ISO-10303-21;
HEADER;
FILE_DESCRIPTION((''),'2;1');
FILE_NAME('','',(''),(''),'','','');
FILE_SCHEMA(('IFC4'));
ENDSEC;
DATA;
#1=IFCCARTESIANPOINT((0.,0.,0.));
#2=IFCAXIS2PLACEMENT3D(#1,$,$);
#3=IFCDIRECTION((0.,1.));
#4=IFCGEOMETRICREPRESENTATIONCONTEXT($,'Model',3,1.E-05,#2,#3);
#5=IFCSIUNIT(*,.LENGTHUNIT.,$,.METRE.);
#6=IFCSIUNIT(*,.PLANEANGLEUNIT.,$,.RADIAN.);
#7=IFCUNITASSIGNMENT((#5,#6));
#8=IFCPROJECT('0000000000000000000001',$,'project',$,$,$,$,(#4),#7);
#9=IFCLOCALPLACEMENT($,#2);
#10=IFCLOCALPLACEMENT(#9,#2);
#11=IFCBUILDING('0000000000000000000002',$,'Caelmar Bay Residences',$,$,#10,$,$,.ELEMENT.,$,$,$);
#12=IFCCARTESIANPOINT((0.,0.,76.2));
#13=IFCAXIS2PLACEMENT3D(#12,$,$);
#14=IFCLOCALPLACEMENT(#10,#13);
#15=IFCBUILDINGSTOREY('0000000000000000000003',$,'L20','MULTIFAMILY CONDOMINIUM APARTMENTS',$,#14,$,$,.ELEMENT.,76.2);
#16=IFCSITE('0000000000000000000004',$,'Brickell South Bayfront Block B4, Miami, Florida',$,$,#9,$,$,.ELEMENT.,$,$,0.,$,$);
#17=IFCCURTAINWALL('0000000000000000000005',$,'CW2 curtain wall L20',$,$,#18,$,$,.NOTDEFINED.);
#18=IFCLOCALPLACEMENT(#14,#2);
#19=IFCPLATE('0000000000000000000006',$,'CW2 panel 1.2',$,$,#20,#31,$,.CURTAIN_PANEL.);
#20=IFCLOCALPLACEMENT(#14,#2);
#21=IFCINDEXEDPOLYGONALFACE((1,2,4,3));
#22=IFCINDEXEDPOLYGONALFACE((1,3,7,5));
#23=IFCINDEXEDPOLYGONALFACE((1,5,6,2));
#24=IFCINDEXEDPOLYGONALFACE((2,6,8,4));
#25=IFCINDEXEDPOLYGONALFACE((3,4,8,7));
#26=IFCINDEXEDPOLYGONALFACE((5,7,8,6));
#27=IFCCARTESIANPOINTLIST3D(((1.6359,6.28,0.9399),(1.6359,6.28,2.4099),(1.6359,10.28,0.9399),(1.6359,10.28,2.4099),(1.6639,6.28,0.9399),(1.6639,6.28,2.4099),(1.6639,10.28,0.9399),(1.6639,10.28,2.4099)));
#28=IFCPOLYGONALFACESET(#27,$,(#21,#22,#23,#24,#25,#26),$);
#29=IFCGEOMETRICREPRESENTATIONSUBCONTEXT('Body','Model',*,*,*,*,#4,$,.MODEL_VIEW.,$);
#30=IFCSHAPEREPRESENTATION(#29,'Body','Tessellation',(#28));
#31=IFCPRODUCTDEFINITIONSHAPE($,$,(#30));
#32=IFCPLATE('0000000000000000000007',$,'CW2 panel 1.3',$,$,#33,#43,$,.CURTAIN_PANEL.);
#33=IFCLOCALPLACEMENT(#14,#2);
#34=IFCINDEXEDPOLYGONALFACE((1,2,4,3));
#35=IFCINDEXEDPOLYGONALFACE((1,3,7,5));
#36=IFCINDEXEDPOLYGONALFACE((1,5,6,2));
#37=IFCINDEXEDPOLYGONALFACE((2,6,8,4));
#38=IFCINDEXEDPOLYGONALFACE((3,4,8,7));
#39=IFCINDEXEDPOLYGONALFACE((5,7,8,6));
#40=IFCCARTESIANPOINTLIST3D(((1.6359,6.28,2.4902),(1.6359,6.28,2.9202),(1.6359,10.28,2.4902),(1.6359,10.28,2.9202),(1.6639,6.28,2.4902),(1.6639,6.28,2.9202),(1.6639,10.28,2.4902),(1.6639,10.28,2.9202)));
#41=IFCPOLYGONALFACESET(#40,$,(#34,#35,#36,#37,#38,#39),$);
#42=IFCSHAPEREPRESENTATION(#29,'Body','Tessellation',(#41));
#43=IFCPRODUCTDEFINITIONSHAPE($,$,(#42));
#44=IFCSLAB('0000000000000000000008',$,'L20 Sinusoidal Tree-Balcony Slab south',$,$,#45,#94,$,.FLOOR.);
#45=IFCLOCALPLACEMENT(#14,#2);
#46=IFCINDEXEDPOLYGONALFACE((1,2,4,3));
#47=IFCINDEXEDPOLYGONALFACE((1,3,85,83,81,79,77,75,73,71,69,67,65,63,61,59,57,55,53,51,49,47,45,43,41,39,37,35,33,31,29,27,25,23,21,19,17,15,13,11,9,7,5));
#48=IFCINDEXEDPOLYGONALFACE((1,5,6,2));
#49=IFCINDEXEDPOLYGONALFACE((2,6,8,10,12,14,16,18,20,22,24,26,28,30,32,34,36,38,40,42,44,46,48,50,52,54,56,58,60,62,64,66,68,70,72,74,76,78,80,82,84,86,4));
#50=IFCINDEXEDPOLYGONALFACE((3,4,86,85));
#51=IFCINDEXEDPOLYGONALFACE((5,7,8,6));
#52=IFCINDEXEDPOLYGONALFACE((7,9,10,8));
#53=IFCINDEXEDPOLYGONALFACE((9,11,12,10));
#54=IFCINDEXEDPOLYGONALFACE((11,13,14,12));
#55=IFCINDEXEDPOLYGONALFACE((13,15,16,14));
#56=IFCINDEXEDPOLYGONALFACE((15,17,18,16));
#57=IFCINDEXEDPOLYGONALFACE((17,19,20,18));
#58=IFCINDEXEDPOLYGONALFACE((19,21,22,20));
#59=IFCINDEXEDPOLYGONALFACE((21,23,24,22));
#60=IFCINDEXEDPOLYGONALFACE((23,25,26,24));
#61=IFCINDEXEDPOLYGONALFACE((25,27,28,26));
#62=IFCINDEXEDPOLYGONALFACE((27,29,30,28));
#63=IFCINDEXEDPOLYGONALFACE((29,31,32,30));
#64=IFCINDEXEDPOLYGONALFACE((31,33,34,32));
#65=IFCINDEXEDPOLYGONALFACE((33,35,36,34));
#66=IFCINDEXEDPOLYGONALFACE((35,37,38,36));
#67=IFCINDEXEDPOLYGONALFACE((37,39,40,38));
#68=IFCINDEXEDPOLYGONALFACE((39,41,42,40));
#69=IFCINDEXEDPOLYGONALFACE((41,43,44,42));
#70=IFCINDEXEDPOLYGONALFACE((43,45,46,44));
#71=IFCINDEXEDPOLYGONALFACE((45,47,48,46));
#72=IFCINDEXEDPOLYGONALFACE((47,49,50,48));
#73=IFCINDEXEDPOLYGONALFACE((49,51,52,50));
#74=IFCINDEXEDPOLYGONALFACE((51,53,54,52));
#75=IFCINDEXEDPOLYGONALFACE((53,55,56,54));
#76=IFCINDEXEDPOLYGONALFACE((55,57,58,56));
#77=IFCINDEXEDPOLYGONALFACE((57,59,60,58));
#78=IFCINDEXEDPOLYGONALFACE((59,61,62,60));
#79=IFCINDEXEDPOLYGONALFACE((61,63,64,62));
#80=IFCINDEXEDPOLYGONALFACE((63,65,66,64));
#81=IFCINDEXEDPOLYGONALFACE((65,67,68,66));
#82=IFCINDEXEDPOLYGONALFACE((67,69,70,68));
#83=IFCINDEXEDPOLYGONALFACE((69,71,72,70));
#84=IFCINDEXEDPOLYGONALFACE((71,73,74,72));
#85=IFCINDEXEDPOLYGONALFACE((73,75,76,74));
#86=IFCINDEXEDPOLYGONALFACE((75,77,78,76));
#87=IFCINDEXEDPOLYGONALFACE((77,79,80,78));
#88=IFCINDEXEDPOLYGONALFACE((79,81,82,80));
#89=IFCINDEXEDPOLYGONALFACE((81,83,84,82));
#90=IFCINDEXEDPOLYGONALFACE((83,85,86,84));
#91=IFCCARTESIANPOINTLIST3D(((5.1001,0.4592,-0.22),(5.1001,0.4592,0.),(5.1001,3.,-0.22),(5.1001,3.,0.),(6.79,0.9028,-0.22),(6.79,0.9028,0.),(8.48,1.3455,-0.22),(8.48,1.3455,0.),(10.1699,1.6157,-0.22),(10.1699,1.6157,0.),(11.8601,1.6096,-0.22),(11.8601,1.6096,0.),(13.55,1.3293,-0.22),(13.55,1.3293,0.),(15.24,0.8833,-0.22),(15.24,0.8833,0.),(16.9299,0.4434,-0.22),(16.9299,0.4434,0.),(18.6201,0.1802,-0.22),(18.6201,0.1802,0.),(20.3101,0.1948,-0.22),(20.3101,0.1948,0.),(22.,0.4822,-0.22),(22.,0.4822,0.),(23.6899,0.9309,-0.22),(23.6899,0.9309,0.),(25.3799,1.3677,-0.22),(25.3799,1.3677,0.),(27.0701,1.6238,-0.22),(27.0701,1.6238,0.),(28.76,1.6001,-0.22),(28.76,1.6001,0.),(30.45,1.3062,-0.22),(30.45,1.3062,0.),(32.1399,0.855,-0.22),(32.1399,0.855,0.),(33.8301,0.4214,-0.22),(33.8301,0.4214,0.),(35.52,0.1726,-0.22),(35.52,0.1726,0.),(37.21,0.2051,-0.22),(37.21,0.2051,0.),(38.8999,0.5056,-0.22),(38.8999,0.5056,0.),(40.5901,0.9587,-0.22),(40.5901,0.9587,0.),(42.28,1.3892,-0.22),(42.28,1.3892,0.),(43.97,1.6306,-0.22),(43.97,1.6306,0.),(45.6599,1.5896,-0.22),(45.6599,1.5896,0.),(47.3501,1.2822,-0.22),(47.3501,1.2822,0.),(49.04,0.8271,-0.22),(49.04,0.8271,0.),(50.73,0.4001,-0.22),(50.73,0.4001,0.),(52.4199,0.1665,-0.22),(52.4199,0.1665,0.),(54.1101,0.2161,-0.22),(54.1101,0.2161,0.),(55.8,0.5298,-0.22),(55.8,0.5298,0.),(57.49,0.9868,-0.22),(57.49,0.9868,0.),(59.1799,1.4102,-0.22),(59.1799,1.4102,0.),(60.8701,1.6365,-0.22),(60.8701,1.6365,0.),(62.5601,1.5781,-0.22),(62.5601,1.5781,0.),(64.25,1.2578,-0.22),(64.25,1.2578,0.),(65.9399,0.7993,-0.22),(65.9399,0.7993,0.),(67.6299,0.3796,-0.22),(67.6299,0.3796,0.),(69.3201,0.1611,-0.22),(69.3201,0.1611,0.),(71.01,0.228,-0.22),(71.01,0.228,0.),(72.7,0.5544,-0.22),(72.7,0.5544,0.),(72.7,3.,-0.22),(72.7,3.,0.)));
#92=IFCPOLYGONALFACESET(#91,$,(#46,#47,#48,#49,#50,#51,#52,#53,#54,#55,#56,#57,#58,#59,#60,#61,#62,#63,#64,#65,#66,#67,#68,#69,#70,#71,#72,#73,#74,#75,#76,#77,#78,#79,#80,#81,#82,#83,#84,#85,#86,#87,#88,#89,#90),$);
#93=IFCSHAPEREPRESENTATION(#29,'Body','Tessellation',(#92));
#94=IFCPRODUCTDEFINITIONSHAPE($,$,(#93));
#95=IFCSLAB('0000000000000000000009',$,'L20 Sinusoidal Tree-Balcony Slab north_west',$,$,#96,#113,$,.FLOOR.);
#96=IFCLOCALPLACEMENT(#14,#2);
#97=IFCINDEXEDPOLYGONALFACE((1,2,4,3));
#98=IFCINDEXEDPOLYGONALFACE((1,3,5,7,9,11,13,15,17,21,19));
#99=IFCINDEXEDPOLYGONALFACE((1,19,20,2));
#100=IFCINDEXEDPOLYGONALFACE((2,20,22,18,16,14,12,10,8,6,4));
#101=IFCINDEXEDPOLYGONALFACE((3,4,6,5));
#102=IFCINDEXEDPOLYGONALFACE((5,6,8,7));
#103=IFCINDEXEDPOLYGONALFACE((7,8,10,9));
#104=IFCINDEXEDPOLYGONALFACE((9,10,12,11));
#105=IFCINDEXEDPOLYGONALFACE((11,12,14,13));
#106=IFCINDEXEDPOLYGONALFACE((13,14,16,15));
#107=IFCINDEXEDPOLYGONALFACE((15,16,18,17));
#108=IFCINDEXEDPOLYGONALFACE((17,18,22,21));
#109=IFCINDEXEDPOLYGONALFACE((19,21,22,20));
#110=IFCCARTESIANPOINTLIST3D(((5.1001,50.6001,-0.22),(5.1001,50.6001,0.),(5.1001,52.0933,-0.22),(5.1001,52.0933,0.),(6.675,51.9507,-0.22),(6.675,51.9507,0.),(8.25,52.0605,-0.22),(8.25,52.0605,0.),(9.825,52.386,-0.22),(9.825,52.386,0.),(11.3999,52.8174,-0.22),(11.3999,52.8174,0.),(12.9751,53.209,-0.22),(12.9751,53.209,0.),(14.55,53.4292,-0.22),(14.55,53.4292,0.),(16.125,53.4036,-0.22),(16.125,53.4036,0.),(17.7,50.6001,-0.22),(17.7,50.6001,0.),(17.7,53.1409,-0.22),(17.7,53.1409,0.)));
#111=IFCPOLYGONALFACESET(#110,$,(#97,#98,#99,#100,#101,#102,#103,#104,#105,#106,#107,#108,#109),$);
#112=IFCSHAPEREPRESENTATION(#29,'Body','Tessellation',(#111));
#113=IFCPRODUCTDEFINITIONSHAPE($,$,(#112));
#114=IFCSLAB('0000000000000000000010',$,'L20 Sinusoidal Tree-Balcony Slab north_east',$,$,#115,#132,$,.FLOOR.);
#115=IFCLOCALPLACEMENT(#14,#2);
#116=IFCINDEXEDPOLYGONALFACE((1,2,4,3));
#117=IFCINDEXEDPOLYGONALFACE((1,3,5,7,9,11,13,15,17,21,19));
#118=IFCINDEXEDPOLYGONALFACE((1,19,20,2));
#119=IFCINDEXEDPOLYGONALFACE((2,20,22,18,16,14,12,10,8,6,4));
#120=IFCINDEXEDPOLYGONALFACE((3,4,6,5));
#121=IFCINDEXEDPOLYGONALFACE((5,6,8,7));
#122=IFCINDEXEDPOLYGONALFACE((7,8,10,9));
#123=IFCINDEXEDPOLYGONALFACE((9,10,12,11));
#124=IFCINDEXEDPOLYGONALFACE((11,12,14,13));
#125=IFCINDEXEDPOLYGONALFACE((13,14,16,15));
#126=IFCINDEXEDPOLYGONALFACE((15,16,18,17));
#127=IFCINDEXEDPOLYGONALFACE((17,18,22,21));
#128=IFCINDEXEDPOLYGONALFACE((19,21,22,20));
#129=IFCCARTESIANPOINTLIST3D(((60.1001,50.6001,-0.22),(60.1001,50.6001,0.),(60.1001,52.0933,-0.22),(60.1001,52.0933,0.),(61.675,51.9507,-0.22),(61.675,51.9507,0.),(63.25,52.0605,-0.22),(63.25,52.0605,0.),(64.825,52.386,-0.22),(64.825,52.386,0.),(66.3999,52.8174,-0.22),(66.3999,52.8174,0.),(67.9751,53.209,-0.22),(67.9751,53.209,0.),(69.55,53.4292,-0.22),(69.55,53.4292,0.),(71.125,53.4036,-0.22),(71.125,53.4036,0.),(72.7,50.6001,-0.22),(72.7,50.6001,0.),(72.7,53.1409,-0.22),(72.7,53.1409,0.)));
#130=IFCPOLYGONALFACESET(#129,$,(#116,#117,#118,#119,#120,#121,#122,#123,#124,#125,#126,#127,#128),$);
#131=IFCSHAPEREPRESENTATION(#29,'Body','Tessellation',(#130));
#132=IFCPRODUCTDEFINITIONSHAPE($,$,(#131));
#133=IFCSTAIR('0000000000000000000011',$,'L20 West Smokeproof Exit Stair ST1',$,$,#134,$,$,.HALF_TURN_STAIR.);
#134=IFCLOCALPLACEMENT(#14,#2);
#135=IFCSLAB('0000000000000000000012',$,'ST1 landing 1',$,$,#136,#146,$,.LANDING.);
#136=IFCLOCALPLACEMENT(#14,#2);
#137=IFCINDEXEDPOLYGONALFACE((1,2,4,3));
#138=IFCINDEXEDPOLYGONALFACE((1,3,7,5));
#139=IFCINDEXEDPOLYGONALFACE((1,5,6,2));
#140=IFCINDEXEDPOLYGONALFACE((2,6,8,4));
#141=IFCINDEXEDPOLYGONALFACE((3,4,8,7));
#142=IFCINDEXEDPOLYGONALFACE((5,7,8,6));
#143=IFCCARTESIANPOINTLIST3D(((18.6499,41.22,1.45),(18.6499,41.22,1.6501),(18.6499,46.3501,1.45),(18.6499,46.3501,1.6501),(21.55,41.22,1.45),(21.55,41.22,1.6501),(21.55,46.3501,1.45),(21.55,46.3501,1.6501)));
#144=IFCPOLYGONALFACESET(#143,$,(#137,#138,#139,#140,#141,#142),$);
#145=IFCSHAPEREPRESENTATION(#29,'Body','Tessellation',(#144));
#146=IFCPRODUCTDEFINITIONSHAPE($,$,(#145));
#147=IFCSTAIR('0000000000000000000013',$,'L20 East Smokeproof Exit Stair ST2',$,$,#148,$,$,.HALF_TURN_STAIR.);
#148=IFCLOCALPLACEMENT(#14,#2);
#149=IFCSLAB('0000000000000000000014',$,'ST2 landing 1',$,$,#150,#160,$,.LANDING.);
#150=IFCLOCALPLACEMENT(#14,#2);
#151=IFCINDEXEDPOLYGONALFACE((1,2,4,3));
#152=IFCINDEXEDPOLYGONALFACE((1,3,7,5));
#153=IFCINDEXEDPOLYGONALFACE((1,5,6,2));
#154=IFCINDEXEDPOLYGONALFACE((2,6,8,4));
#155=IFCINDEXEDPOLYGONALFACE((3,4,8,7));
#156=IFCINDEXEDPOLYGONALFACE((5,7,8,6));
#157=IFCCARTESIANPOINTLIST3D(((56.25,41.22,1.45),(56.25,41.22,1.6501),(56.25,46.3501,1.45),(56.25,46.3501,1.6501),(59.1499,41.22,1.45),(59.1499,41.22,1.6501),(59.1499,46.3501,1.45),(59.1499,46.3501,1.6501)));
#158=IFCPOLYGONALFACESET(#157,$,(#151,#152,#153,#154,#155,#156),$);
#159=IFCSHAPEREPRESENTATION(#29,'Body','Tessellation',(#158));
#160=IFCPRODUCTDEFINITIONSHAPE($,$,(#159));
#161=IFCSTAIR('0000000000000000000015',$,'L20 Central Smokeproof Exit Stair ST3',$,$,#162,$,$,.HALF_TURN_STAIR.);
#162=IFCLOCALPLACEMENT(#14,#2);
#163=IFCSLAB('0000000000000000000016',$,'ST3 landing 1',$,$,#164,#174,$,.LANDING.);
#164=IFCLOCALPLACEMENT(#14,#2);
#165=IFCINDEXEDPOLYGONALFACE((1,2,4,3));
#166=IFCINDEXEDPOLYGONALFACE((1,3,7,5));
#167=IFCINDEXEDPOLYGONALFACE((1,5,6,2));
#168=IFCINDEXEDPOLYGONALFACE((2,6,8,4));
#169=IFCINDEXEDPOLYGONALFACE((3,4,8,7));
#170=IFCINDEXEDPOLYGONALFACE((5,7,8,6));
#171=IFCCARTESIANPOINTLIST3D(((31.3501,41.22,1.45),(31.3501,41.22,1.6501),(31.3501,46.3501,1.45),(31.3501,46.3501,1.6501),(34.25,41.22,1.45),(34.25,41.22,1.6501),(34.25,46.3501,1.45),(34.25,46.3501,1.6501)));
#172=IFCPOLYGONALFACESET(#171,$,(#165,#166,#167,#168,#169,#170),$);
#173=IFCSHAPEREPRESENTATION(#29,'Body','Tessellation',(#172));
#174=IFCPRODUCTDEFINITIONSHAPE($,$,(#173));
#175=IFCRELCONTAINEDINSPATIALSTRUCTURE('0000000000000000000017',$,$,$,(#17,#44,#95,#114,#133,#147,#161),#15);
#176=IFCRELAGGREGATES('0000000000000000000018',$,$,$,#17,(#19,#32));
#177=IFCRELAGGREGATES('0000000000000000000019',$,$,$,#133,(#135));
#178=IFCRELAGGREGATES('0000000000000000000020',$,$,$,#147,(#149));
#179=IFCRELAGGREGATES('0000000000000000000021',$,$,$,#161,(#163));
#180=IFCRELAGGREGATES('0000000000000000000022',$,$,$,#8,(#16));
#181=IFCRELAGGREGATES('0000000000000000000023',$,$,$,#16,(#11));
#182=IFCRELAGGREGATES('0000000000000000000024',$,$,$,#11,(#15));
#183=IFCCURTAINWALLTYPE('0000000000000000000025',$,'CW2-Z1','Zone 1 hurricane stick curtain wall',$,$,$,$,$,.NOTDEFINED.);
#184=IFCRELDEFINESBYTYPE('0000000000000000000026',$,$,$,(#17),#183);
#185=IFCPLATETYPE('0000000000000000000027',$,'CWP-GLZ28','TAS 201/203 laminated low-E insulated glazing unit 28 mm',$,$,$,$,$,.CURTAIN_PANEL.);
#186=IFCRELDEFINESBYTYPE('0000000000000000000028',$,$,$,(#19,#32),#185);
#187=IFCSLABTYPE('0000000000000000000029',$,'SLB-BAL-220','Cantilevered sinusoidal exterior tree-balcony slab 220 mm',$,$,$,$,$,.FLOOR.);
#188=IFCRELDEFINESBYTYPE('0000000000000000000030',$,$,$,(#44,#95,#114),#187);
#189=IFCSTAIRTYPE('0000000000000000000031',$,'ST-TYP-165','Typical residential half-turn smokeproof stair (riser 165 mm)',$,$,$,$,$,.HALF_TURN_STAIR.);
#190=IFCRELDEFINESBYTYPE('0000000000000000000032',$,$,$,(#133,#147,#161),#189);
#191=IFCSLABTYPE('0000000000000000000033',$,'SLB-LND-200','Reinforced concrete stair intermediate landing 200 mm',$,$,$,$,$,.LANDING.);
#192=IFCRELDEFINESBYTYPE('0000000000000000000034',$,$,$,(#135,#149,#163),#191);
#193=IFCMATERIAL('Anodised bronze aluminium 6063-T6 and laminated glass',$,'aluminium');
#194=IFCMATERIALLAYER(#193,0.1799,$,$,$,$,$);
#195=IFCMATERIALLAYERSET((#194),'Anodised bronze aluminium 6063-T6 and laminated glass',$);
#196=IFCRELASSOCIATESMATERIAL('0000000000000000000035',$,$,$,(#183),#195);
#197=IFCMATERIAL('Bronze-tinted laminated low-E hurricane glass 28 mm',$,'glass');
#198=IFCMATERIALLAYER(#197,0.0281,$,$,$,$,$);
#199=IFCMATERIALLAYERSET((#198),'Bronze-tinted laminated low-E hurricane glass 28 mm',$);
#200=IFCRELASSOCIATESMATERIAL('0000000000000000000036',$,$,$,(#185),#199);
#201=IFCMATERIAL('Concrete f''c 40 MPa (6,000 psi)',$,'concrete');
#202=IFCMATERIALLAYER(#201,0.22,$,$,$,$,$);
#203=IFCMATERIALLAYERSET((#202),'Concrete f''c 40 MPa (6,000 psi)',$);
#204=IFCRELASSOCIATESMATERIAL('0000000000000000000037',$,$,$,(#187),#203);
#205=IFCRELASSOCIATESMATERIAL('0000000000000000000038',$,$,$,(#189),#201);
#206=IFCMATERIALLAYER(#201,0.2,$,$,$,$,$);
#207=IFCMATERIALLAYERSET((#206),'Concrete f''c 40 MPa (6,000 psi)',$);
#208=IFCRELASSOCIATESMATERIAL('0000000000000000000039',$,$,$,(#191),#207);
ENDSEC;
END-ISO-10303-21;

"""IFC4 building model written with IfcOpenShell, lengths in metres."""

from ifc_helpers import new_model, si_unit, direction, frame, origin, origin_2d, place, context, subcontext, project, spatial, polyline, rectangle, outline, extrude, material, layer, layer_set, type_object, element, aggregate, save


model = new_model("IFC4")

# Units and contexts
model_context = context("Model", 3, precision=1e-05, world=origin(), true_north=direction((0.0, 1.0)))
body_context = subcontext(model_context, "Body", "Model", "MODEL_VIEW")
ifc_project = project(units=[si_unit("LENGTHUNIT", "METRE"), si_unit("PLANEANGLEUNIT", "RADIAN")], contexts=[model_context])

# Site, building, storey
site_placement = place(None, origin())
site = spatial("IfcSite", under=ifc_project, at=site_placement, Name="Brickell South Bayfront Block B4, Miami, Florida", CompositionType="ELEMENT", RefElevation=0.0)
building_placement = place(site_placement, origin())
building = spatial("IfcBuilding", under=site, at=building_placement, Name="Caelmar Bay Residences", CompositionType="ELEMENT")
storey_placement = place(building_placement, frame((0.0, 0.0, 76.2)))
storey = spatial("IfcBuildingStorey", under=building, at=storey_placement, Name="L20", Description="MULTIFAMILY CONDOMINIUM APARTMENTS", CompositionType="ELEMENT", Elevation=76.2)

# Shared definitions
ifc_material_1 = material(Name="Anodised bronze aluminium 6063-T6 and laminated glass", Category="aluminium")

# Curtain wall
ifc_layer_1 = layer(ifc_material_1, 0.1799)
ifc_layer_set_1 = layer_set([ifc_layer_1], Name="Anodised bronze aluminium 6063-T6 and laminated glass")
curtain_wall_type_1 = type_object("IfcCurtainWallType", Name="CW2-Z1", Description="Zone 1 hurricane stick curtain wall", PredefinedType="NOTDEFINED", material=ifc_layer_set_1)
curtain_wall_1_placement = place(storey_placement, origin())
curtain_wall_1 = element("IfcCurtainWall", 1, at=curtain_wall_1_placement, inside=storey, type_object=curtain_wall_type_1, Name="CW2 curtain wall L20", PredefinedType="NOTDEFINED")

# Plates
ifc_material_2 = material(Name="Bronze-tinted laminated low-E hurricane glass 28 mm", Category="glass")
ifc_layer_2 = layer(ifc_material_2, 0.0281)
ifc_layer_set_2 = layer_set([ifc_layer_2], Name="Bronze-tinted laminated low-E hurricane glass 28 mm")
plate_type = type_object("IfcPlateType", Name="CWP-GLZ28", Description="TAS 201/203 laminated low-E insulated glazing unit 28 mm", PredefinedType="CURTAIN_PANEL", material=ifc_layer_set_2)
plate_1_placement = place(storey_placement, frame((1.6499, 8.28, 0.9399), z_axis=(0.0, 0.0, 1.0), x_axis=(0.0, 1.0, 0.0)))
plate_1 = element("IfcPlate", 2, at=plate_1_placement, type_object=plate_type, Name="CW2 panel 1.2", PredefinedType="CURTAIN_PANEL", context=body_context, shape_type="SweptSolid", body=[
    extrude(rectangle(XDim=4.0, YDim=0.0281, at=origin_2d()), origin(), (0.0, 0.0, 1.0), 1.47),
])
plate_2_placement = place(storey_placement, frame((1.6499, 8.28, 2.4902), z_axis=(0.0, 0.0, 1.0), x_axis=(0.0, 1.0, 0.0)))
plate_2 = element("IfcPlate", 3, at=plate_2_placement, type_object=plate_type, Name="CW2 panel 1.3", PredefinedType="CURTAIN_PANEL", context=body_context, shape_type="SweptSolid", body=[
    extrude(rectangle(XDim=4.0, YDim=0.0281, at=origin_2d()), origin(), (0.0, 0.0, 1.0), 0.4299),
])
aggregate(curtain_wall_1, [plate_1, plate_2])

# Slabs
ifc_material_3 = material(Name="Concrete f'c 40 MPa (6,000 psi)", Category="concrete")
ifc_layer_3 = layer(ifc_material_3, 0.22)
ifc_layer_set_3 = layer_set([ifc_layer_3], Name="Concrete f'c 40 MPa (6,000 psi)")
slab_type_1 = type_object("IfcSlabType", Name="SLB-BAL-220", Description="Cantilevered sinusoidal exterior tree-balcony slab 220 mm", PredefinedType="FLOOR", material=ifc_layer_set_3)
slab_1_placement = place(storey_placement, frame((0.0, 0.0, -0.22)))
element("IfcSlab", 4, at=slab_1_placement, inside=storey, type_object=slab_type_1, Name="L20 Sinusoidal Tree-Balcony Slab south", PredefinedType="FLOOR", context=body_context, shape_type="SweptSolid", body=[
    extrude(outline(polyline([(5.1001, 0.4592), (6.79, 0.9028), (8.48, 1.3455), (10.1699, 1.6157), (11.8601, 1.6096), (13.55, 1.3293), (15.24, 0.8833), (16.9299, 0.4434), (18.6201, 0.1802), (20.3101, 0.1948), (22.0, 0.4822), (23.6899, 0.9309), (25.3799, 1.3677), (27.0701, 1.6238), (28.76, 1.6001), (30.45, 1.3062), (32.1399, 0.855), (33.8301, 0.4214), (35.52, 0.1726), (37.21, 0.2051), (38.8999, 0.5056), (40.5901, 0.9587), (42.28, 1.3892), (43.97, 1.6306), (45.6599, 1.5896), (47.3501, 1.2822), (49.04, 0.8271), (50.73, 0.4001), (52.4199, 0.1665), (54.1101, 0.2161), (55.8, 0.5298), (57.49, 0.9868), (59.1799, 1.4102), (60.8701, 1.6365), (62.5601, 1.5781), (64.25, 1.2578), (65.9399, 0.7993), (67.6299, 0.3796), (69.3201, 0.1611), (71.01, 0.228), (72.7, 0.5544), (72.7, 3.0), (5.1001, 3.0), (5.1001, 0.4592)])), origin(), (0.0, 0.0, 1.0), 0.22),
])
slab_2_placement = place(storey_placement, frame((0.0, 0.0, -0.22)))
element("IfcSlab", 5, at=slab_2_placement, inside=storey, type_object=slab_type_1, Name="L20 Sinusoidal Tree-Balcony Slab north_west", PredefinedType="FLOOR", context=body_context, shape_type="SweptSolid", body=[
    extrude(outline(polyline([(5.1001, 50.6001), (17.7, 50.6001), (17.7, 53.1409), (16.125, 53.4036), (14.55, 53.4292), (12.9751, 53.209), (11.3999, 52.8174), (9.825, 52.386), (8.25, 52.0605), (6.675, 51.9507), (5.1001, 52.0933), (5.1001, 50.6001)])), origin(), (0.0, 0.0, 1.0), 0.22),
])
slab_3_placement = place(storey_placement, frame((0.0, 0.0, -0.22)))
element("IfcSlab", 6, at=slab_3_placement, inside=storey, type_object=slab_type_1, Name="L20 Sinusoidal Tree-Balcony Slab north_east", PredefinedType="FLOOR", context=body_context, shape_type="SweptSolid", body=[
    extrude(outline(polyline([(60.1001, 50.6001), (72.7, 50.6001), (72.7, 53.1409), (71.125, 53.4036), (69.55, 53.4292), (67.9751, 53.209), (66.3999, 52.8174), (64.825, 52.386), (63.25, 52.0605), (61.675, 51.9507), (60.1001, 52.0933), (60.1001, 50.6001)])), origin(), (0.0, 0.0, 1.0), 0.22),
])

# Stairs, slabs
stair_type = type_object("IfcStairType", Name="ST-TYP-165", Description="Typical residential half-turn smokeproof stair (riser 165 mm)", PredefinedType="HALF_TURN_STAIR", material=ifc_material_3)
stair_1_placement = place(storey_placement, origin())
stair_1 = element("IfcStair", 7, at=stair_1_placement, inside=storey, type_object=stair_type, Name="L20 West Smokeproof Exit Stair ST1", PredefinedType="HALF_TURN_STAIR")
ifc_layer_4 = layer(ifc_material_3, 0.2)
ifc_layer_set_4 = layer_set([ifc_layer_4], Name="Concrete f'c 40 MPa (6,000 psi)")
slab_type_2 = type_object("IfcSlabType", Name="SLB-LND-200", Description="Reinforced concrete stair intermediate landing 200 mm", PredefinedType="LANDING", material=ifc_layer_set_4)
slab_4_placement = place(storey_placement, frame((0.0, 0.0, 1.45)))
slab_4 = element("IfcSlab", 8, at=slab_4_placement, type_object=slab_type_2, Name="ST1 landing 1", PredefinedType="LANDING", context=body_context, shape_type="SweptSolid", body=[
    extrude(outline(polyline([(21.55, 41.22), (21.55, 46.3501), (18.6499, 46.3501), (18.6499, 41.22), (21.55, 41.22)])), origin(), (0.0, 0.0, 1.0), 0.2002),
])
aggregate(stair_1, [slab_4])
stair_2_placement = place(storey_placement, origin())
stair_2 = element("IfcStair", 9, at=stair_2_placement, inside=storey, type_object=stair_type, Name="L20 East Smokeproof Exit Stair ST2", PredefinedType="HALF_TURN_STAIR")
slab_5_placement = place(storey_placement, frame((0.0, 0.0, 1.45)))
slab_5 = element("IfcSlab", 10, at=slab_5_placement, type_object=slab_type_2, Name="ST2 landing 1", PredefinedType="LANDING", context=body_context, shape_type="SweptSolid", body=[
    extrude(outline(polyline([(59.1499, 41.22), (59.1499, 46.3501), (56.25, 46.3501), (56.25, 41.22), (59.1499, 41.22)])), origin(), (0.0, 0.0, 1.0), 0.2002),
])
aggregate(stair_2, [slab_5])
stair_3_placement = place(storey_placement, origin())
stair_3 = element("IfcStair", 11, at=stair_3_placement, inside=storey, type_object=stair_type, Name="L20 Central Smokeproof Exit Stair ST3", PredefinedType="HALF_TURN_STAIR")
slab_6_placement = place(storey_placement, frame((0.0, 0.0, 1.45)))
slab_6 = element("IfcSlab", 12, at=slab_6_placement, type_object=slab_type_2, Name="ST3 landing 1", PredefinedType="LANDING", context=body_context, shape_type="SweptSolid", body=[
    extrude(outline(polyline([(34.25, 41.22), (34.25, 46.3501), (31.3501, 46.3501), (31.3501, 41.22), (34.25, 41.22)])), origin(), (0.0, 0.0, 1.0), 0.2002),
])
aggregate(stair_3, [slab_6])

save(model, "model.ifc")
